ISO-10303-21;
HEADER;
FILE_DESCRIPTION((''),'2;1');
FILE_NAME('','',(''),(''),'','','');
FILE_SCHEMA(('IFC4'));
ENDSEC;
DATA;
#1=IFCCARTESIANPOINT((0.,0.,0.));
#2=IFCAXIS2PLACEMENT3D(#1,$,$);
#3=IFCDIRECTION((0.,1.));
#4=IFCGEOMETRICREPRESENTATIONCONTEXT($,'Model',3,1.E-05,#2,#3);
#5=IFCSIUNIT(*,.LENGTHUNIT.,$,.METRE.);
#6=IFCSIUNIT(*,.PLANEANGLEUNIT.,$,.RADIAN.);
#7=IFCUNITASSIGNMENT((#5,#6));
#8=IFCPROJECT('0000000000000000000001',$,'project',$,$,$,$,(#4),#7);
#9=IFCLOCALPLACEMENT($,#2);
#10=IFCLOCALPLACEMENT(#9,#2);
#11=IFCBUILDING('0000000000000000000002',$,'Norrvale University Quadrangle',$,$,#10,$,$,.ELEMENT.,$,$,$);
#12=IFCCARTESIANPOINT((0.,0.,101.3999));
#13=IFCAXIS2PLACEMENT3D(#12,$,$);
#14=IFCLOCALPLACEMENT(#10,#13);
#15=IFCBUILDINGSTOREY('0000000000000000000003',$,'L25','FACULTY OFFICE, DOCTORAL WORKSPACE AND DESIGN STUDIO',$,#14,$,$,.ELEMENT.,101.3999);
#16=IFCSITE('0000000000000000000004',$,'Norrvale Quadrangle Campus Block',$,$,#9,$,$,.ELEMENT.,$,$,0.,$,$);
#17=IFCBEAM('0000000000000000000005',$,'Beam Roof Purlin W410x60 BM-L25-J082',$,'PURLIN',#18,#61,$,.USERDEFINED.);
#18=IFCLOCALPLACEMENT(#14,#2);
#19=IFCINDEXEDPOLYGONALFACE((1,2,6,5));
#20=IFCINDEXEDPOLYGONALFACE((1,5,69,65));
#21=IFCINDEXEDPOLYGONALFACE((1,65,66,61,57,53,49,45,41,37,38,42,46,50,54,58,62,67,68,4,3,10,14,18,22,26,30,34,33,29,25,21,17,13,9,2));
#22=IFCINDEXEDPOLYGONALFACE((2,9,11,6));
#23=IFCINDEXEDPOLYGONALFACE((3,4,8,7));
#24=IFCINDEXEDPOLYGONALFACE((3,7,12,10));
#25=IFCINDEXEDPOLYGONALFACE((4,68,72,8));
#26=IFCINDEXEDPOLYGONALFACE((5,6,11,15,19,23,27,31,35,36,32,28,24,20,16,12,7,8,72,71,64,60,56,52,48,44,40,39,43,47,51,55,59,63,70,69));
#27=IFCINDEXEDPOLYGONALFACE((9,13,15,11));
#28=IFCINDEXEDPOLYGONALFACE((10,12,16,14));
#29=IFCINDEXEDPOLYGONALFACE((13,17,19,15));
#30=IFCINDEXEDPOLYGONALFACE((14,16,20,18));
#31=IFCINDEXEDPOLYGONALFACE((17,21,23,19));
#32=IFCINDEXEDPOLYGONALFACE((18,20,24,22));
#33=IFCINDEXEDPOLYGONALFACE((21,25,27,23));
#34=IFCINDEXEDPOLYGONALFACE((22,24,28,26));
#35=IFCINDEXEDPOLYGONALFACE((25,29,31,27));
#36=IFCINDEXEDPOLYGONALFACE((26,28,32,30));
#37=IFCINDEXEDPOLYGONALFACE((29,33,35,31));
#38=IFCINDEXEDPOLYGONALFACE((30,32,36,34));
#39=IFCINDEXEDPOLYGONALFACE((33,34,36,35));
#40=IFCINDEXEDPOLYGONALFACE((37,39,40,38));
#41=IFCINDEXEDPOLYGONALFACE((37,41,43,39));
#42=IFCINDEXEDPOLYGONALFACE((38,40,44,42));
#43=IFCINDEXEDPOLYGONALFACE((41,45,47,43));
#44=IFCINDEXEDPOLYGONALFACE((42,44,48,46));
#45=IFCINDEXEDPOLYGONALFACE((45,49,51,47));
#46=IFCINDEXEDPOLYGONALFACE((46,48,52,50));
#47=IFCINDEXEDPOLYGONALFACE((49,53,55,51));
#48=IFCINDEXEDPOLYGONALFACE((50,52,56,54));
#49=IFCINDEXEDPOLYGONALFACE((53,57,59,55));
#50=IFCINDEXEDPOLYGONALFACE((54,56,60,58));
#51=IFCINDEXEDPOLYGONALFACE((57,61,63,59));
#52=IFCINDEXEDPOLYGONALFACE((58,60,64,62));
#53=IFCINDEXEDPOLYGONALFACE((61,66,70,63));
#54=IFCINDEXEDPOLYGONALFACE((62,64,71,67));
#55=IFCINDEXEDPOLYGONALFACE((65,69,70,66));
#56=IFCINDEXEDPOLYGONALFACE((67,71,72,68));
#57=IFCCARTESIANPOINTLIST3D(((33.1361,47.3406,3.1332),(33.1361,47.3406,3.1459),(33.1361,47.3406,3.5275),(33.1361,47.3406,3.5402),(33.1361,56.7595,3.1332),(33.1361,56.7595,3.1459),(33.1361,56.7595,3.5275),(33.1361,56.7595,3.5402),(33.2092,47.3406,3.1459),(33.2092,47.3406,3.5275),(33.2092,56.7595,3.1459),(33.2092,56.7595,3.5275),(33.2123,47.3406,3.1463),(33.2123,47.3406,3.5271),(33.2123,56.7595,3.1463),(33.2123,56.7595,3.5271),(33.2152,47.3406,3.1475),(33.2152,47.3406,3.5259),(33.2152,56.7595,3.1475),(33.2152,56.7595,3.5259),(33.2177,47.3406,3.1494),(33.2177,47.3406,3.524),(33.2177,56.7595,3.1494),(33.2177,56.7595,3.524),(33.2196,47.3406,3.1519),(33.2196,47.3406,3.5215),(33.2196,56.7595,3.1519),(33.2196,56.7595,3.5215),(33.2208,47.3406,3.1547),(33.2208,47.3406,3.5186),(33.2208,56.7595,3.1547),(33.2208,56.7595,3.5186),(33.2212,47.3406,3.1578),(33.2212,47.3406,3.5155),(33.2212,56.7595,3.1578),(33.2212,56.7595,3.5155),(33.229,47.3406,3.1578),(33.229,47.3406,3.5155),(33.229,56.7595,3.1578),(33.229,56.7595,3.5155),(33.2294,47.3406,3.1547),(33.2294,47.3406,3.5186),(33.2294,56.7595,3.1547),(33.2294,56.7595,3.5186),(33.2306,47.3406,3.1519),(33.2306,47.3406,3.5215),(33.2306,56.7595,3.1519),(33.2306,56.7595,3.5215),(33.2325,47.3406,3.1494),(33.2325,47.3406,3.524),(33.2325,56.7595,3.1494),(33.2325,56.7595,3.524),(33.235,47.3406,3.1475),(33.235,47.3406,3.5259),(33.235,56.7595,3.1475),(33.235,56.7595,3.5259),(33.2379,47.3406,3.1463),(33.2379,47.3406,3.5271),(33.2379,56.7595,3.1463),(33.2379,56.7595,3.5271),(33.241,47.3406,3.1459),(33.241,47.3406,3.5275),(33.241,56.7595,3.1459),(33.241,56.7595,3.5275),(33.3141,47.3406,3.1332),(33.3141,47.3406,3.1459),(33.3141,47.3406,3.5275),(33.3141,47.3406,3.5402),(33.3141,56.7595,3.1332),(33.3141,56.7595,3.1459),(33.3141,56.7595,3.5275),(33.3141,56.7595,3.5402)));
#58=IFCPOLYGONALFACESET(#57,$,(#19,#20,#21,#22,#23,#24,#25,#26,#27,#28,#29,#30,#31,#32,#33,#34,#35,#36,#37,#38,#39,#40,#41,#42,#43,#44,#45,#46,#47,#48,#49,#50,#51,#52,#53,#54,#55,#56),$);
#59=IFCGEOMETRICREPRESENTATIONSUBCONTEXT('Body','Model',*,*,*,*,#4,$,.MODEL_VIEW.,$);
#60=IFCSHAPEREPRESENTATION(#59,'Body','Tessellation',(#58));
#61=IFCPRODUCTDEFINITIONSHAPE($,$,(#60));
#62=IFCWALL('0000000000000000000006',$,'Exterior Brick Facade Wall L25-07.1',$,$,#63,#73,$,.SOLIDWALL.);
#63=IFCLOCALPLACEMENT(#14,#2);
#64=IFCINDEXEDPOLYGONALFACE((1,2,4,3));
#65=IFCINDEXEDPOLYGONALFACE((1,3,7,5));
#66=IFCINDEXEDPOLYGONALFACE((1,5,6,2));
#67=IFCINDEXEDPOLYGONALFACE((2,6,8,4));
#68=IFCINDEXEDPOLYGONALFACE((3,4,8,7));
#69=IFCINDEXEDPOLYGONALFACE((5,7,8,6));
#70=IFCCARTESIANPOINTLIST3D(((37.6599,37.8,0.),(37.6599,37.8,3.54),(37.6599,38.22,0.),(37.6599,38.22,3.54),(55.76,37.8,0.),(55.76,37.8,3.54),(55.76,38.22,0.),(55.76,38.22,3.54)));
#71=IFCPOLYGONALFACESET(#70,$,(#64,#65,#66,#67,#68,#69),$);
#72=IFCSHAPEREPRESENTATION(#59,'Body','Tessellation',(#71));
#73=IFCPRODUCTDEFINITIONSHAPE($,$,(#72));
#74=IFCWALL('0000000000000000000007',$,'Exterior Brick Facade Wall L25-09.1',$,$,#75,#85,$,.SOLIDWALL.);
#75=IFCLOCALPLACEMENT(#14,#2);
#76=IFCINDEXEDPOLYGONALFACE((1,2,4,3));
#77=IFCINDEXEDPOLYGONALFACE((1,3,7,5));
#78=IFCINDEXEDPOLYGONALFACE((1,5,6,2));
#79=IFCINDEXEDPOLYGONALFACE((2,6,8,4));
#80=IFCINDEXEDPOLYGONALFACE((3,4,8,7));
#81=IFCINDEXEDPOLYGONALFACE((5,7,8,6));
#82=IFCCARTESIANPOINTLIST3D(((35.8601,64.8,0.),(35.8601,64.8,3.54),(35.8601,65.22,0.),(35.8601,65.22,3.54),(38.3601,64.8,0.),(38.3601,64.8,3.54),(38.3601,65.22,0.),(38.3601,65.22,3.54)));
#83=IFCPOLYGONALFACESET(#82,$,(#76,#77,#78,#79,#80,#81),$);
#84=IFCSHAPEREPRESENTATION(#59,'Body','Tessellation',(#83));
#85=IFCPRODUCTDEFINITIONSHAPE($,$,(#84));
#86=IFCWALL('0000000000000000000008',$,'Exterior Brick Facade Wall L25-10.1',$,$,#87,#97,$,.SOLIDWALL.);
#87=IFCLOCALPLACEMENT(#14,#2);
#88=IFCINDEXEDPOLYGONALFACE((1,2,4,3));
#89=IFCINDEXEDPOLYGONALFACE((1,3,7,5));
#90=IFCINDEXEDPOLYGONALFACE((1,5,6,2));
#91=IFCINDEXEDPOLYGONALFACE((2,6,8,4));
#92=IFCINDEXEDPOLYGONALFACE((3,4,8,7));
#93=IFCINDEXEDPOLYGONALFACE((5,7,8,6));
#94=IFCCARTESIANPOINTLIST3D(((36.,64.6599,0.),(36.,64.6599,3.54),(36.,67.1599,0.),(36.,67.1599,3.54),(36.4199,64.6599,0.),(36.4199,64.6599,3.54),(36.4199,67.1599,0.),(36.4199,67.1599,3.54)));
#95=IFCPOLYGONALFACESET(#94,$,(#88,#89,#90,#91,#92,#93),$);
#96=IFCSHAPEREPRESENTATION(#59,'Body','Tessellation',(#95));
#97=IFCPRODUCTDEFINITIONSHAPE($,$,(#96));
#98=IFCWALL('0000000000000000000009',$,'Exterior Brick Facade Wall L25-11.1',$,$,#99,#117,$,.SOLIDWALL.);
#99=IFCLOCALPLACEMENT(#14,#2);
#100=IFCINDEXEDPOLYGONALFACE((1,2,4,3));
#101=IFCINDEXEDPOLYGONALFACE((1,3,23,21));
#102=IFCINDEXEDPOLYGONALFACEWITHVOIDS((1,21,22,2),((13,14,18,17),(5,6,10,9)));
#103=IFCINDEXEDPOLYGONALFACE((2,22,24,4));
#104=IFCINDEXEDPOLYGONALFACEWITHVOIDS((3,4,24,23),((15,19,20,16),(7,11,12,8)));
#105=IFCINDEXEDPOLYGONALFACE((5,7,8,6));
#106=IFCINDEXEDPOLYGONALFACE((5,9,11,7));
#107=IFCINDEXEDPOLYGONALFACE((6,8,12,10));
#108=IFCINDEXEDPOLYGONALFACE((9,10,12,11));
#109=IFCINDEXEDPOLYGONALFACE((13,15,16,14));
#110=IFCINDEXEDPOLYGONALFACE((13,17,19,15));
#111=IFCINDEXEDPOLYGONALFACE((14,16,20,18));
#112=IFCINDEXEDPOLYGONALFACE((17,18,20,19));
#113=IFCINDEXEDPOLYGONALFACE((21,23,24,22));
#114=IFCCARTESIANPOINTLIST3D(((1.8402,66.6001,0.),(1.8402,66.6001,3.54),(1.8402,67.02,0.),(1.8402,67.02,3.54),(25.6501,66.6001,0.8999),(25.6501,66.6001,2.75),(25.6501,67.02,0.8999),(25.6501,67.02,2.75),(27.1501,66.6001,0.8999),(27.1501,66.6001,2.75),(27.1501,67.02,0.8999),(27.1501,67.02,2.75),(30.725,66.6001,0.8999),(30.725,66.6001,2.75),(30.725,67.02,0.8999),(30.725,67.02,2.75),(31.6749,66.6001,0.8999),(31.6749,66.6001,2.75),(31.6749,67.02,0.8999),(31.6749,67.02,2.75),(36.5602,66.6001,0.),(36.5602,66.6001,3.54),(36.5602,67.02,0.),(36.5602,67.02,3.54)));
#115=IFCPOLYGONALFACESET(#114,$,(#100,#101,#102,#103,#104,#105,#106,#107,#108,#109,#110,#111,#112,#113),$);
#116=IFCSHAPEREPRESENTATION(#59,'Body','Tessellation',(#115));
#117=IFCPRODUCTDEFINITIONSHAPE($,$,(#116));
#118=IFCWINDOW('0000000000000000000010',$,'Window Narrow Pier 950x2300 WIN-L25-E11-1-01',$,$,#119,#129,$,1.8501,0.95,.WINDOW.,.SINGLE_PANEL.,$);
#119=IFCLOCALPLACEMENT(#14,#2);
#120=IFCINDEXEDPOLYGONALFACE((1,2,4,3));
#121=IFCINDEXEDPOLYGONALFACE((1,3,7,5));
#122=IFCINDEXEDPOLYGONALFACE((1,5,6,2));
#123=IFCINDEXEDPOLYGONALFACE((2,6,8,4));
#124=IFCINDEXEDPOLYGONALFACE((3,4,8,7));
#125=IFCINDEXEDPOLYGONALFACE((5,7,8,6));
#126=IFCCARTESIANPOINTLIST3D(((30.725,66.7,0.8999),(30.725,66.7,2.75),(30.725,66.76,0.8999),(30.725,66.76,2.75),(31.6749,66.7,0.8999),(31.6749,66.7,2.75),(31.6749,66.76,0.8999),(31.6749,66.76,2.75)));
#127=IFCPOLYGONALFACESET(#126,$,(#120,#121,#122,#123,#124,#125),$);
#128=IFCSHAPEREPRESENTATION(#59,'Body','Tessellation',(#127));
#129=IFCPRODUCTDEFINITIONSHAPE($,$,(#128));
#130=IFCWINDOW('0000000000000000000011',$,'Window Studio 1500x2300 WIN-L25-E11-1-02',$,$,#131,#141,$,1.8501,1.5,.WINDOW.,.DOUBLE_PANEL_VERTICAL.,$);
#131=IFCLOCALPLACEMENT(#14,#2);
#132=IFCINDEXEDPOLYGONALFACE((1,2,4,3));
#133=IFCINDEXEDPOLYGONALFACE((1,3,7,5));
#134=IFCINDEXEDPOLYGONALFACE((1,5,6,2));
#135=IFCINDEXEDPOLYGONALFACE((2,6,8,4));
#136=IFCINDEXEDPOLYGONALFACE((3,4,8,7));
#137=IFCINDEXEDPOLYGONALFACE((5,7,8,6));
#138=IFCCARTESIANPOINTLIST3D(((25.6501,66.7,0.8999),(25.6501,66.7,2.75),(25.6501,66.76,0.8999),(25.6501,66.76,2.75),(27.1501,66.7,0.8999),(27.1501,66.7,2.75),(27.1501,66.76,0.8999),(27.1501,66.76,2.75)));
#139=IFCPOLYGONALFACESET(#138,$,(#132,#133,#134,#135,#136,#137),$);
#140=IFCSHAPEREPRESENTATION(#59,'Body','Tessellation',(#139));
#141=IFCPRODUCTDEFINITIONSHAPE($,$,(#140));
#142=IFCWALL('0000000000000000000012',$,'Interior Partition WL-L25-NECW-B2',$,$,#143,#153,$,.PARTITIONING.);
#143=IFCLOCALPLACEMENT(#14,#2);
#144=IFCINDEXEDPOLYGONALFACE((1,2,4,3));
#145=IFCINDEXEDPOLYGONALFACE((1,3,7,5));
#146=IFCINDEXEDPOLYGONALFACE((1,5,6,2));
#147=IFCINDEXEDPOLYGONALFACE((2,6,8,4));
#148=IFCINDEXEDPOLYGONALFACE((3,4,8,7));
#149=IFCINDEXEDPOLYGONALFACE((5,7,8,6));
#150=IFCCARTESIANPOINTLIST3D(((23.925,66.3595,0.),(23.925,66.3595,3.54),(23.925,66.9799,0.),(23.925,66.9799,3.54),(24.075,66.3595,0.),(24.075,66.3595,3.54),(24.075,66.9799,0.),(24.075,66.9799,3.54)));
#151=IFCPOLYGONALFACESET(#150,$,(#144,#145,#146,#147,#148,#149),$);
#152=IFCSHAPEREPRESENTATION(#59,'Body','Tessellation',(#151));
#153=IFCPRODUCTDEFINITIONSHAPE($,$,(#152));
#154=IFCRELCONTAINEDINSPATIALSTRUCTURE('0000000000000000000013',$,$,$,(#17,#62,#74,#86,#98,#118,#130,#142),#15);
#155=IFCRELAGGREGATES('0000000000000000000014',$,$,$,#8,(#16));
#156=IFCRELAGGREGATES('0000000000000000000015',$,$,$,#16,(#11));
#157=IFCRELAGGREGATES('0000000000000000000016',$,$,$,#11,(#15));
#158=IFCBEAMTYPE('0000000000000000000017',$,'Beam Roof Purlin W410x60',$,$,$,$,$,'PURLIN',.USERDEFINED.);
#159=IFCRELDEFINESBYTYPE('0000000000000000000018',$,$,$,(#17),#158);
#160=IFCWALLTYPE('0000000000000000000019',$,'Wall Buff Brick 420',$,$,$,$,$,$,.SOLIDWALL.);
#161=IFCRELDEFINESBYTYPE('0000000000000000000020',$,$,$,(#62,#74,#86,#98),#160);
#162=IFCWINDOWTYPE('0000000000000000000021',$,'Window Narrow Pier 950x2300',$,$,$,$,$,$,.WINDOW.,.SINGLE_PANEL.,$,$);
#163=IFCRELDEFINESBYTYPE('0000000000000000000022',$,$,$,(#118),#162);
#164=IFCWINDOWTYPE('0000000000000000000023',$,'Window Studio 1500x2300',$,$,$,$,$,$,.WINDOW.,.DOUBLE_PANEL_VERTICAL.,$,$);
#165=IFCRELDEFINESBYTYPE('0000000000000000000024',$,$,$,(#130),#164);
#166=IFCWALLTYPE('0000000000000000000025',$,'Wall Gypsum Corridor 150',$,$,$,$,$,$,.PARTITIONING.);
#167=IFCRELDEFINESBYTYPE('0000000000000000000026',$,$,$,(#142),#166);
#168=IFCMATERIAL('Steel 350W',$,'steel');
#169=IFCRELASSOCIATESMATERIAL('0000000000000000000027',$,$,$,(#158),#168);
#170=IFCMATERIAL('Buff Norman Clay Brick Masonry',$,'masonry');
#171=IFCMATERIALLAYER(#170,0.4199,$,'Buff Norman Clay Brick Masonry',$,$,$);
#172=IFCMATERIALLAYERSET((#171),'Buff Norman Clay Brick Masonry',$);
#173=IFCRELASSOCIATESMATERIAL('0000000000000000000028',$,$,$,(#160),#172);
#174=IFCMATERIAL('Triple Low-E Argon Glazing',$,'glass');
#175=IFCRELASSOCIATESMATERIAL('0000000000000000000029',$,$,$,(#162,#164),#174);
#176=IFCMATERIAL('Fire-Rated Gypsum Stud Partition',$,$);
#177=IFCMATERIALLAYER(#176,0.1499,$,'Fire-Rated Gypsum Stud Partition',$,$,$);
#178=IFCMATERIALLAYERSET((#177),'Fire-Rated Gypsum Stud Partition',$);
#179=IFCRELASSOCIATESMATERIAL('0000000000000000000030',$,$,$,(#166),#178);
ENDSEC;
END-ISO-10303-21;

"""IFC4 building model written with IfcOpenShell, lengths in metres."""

from ifc_helpers import new_model, si_unit, direction, frame, frame_2d, origin, origin_2d, place, context, subcontext, project, spatial, rectangle, i_section, extrude, material, layer, layer_set, material_profile, profile_set, type_object, element, fill, save


model = new_model("IFC4")

# Units and contexts
model_context = context("Model", 3, precision=1e-05, world=origin(), true_north=direction((0.0, 1.0)))
body_context = subcontext(model_context, "Body", "Model", "MODEL_VIEW")
ifc_project = project(units=[si_unit("LENGTHUNIT", "METRE"), si_unit("PLANEANGLEUNIT", "RADIAN")], contexts=[model_context])

# Site, building, storey
site_placement = place(None, origin())
site = spatial("IfcSite", under=ifc_project, at=site_placement, Name="Norrvale Quadrangle Campus Block", CompositionType="ELEMENT", RefElevation=0.0)
building_placement = place(site_placement, origin())
building = spatial("IfcBuilding", under=site, at=building_placement, Name="Norrvale University Quadrangle", CompositionType="ELEMENT")
storey_placement = place(building_placement, frame((0.0, 0.0, 101.3999)))
storey = spatial("IfcBuildingStorey", under=building, at=storey_placement, Name="L25", Description="FACULTY OFFICE, DOCTORAL WORKSPACE AND DESIGN STUDIO", CompositionType="ELEMENT", Elevation=101.3999)

# Beam
ifc_material_1 = material(Name="Steel 350W", Category="steel")
ifc_material_profile_1 = material_profile(ifc_material_1, i_section(OverallWidth=0.178, OverallDepth=0.407, WebThickness=0.0078, FlangeThickness=0.0127, FilletRadius=0.012, at=origin_2d()), Name="Steel 350W")
ifc_profile_set_1 = profile_set([ifc_material_profile_1], Name="Steel 350W")
beam_type_1 = type_object("IfcBeamType", Name="Beam Roof Purlin W410x60", ElementType="PURLIN", PredefinedType="USERDEFINED", material=ifc_profile_set_1)
for number, where, z_axis, x_axis, name in (
    (1, (33.2251, 47.3406, 3.3367), (0.0, 1.0, 0.0), (-1.0, 0.0, 0.0), "Beam Roof Purlin W410x60 BM-L25-J082"),
):
    element("IfcBeam", number, at=place(storey_placement, frame(where, z_axis=z_axis, x_axis=x_axis)), inside=storey, type_object=beam_type_1, Name=name, ObjectType="PURLIN", PredefinedType="USERDEFINED", context=body_context, shape_type="SweptSolid", body=[
        extrude(i_section(OverallWidth=0.178, OverallDepth=0.407, WebThickness=0.0078, FlangeThickness=0.0127, FilletRadius=0.012, at=origin_2d()), origin(), (0.0, 0.0, 1.0), 9.4189),
    ])

# Walls
ifc_material_2 = material(Name="Buff Norman Clay Brick Masonry", Category="masonry")
ifc_layer_1 = layer(ifc_material_2, 0.4199, Name="Buff Norman Clay Brick Masonry")
ifc_layer_set_1 = layer_set([ifc_layer_1], Name="Buff Norman Clay Brick Masonry")
wall_type_1 = type_object("IfcWallType", Name="Wall Buff Brick 420", PredefinedType="SOLIDWALL", material=ifc_layer_set_1)
wall_1_placement = place(storey_placement, frame((55.76, 38.01, 0.0), z_axis=(0.0, 0.0, 1.0), x_axis=(-1.0, 0.0, 0.0)))
element("IfcWall", 2, at=wall_1_placement, inside=storey, type_object=wall_type_1, Name="Exterior Brick Facade Wall L25-07.1", PredefinedType="SOLIDWALL", context=body_context, shape_type="SweptSolid", body=[
    extrude(rectangle(XDim=18.1001, YDim=0.4199, at=frame_2d((9.05, 0.0))), origin(), (0.0, 0.0, 1.0), 3.54),
])
for number, where, z_axis, x_axis, name in (
    (3, (38.3601, 65.01, 0.0), (0.0, 0.0, 1.0), (-1.0, 0.0, 0.0), "Exterior Brick Facade Wall L25-09.1"),
    (4, (36.21, 64.6599, 0.0), (0.0, 0.0, 1.0), (0.0, 1.0, 0.0), "Exterior Brick Facade Wall L25-10.1"),
):
    element("IfcWall", number, at=place(storey_placement, frame(where, z_axis=z_axis, x_axis=x_axis)), inside=storey, type_object=wall_type_1, Name=name, PredefinedType="SOLIDWALL", context=body_context, shape_type="SweptSolid", body=[
        extrude(rectangle(XDim=2.5, YDim=0.4199, at=frame_2d((1.25, 0.0))), origin(), (0.0, 0.0, 1.0), 3.54),
    ])

# Wall, openings, windows
wall_2_placement = place(storey_placement, frame((36.5601, 66.8101, 0.0), z_axis=(0.0, 0.0, 1.0), x_axis=(-1.0, 0.0, 0.0)))
wall_2 = element("IfcWall", 5, at=wall_2_placement, inside=storey, type_object=wall_type_1, Name="Exterior Brick Facade Wall L25-11.1", PredefinedType="SOLIDWALL", context=body_context, shape_type="SweptSolid", body=[
    extrude(rectangle(XDim=34.72, YDim=0.4199, at=frame_2d((17.3599, 0.0))), origin(), (0.0, 0.0, 1.0), 3.54),
])
opening_1_placement = place(wall_2_placement, frame((4.885, 0.0, 0.8999)))
opening_1 = element("IfcOpeningElement", 6, at=opening_1_placement, cuts=wall_2, PredefinedType="OPENING", context=body_context, shape_type="SweptSolid", body=[
    extrude(rectangle(XDim=0.95, YDim=1.8501, at=frame_2d((0.4751, 0.925))), frame((0.0, 0.2219, 0.0), z_axis=(0.0, -1.0, 0.0), x_axis=(1.0, 0.0, 0.0)), (0.0, 0.0, 1.0), 0.4438),
])
opening_2_placement = place(wall_2_placement, frame((9.4099, 0.0, 0.8999)))
opening_2 = element("IfcOpeningElement", 7, at=opening_2_placement, cuts=wall_2, PredefinedType="OPENING", context=body_context, shape_type="SweptSolid", body=[
    extrude(rectangle(XDim=1.5, YDim=1.8501, at=frame_2d((0.75, 0.925))), frame((0.0, 0.2219, 0.0), z_axis=(0.0, -1.0, 0.0), x_axis=(1.0, 0.0, 0.0)), (0.0, 0.0, 1.0), 0.4438),
])
ifc_material_3 = material(Name="Triple Low-E Argon Glazing", Category="glass")
window_type_1 = type_object("IfcWindowType", Name="Window Narrow Pier 950x2300", PartitioningType="SINGLE_PANEL", PredefinedType="WINDOW", material=ifc_material_3)
window_1_placement = place(opening_1_placement, origin())
window_1 = element("IfcWindow", 8, at=window_1_placement, inside=storey, type_object=window_type_1, Name="Window Narrow Pier 950x2300 WIN-L25-E11-1-01", OverallHeight=1.8501, OverallWidth=0.95, PartitioningType="SINGLE_PANEL", PredefinedType="WINDOW", context=body_context, shape_type="SweptSolid", body=[
    extrude(rectangle(XDim=0.95, YDim=1.8501, at=frame_2d((0.4751, 0.925))), frame((0.0, 0.1101, 0.0), z_axis=(0.0, -1.0, 0.0), x_axis=(1.0, 0.0, 0.0)), (0.0, 0.0, 1.0), 0.0601),
])
fill(opening_1, window_1)
window_type_2 = type_object("IfcWindowType", Name="Window Studio 1500x2300", PartitioningType="DOUBLE_PANEL_VERTICAL", PredefinedType="WINDOW", material=ifc_material_3)
window_2_placement = place(opening_2_placement, origin())
window_2 = element("IfcWindow", 9, at=window_2_placement, inside=storey, type_object=window_type_2, Name="Window Studio 1500x2300 WIN-L25-E11-1-02", OverallHeight=1.8501, OverallWidth=1.5, PartitioningType="DOUBLE_PANEL_VERTICAL", PredefinedType="WINDOW", context=body_context, shape_type="SweptSolid", body=[
    extrude(rectangle(XDim=1.5, YDim=1.8501, at=frame_2d((0.75, 0.925))), frame((0.0, 0.1101, 0.0), z_axis=(0.0, -1.0, 0.0), x_axis=(1.0, 0.0, 0.0)), (0.0, 0.0, 1.0), 0.0601),
])
fill(opening_2, window_2)

# Wall
ifc_material_4 = material(Name="Fire-Rated Gypsum Stud Partition")
ifc_layer_2 = layer(ifc_material_4, 0.1499, Name="Fire-Rated Gypsum Stud Partition")
ifc_layer_set_2 = layer_set([ifc_layer_2], Name="Fire-Rated Gypsum Stud Partition")
wall_type_2 = type_object("IfcWallType", Name="Wall Gypsum Corridor 150", PredefinedType="PARTITIONING", material=ifc_layer_set_2)
wall_3_placement = place(storey_placement, frame((24.0, 66.3596, 0.0), z_axis=(0.0, 0.0, 1.0), x_axis=(0.0, 1.0, 0.0)))
element("IfcWall", 10, at=wall_3_placement, inside=storey, type_object=wall_type_2, Name="Interior Partition WL-L25-NECW-B2", PredefinedType="PARTITIONING", context=body_context, shape_type="SweptSolid", body=[
    extrude(rectangle(XDim=0.6204, YDim=0.1499, at=frame_2d((0.3101, 0.0))), origin(), (0.0, 0.0, 1.0), 3.54),
])

save(model, "model.ifc")
